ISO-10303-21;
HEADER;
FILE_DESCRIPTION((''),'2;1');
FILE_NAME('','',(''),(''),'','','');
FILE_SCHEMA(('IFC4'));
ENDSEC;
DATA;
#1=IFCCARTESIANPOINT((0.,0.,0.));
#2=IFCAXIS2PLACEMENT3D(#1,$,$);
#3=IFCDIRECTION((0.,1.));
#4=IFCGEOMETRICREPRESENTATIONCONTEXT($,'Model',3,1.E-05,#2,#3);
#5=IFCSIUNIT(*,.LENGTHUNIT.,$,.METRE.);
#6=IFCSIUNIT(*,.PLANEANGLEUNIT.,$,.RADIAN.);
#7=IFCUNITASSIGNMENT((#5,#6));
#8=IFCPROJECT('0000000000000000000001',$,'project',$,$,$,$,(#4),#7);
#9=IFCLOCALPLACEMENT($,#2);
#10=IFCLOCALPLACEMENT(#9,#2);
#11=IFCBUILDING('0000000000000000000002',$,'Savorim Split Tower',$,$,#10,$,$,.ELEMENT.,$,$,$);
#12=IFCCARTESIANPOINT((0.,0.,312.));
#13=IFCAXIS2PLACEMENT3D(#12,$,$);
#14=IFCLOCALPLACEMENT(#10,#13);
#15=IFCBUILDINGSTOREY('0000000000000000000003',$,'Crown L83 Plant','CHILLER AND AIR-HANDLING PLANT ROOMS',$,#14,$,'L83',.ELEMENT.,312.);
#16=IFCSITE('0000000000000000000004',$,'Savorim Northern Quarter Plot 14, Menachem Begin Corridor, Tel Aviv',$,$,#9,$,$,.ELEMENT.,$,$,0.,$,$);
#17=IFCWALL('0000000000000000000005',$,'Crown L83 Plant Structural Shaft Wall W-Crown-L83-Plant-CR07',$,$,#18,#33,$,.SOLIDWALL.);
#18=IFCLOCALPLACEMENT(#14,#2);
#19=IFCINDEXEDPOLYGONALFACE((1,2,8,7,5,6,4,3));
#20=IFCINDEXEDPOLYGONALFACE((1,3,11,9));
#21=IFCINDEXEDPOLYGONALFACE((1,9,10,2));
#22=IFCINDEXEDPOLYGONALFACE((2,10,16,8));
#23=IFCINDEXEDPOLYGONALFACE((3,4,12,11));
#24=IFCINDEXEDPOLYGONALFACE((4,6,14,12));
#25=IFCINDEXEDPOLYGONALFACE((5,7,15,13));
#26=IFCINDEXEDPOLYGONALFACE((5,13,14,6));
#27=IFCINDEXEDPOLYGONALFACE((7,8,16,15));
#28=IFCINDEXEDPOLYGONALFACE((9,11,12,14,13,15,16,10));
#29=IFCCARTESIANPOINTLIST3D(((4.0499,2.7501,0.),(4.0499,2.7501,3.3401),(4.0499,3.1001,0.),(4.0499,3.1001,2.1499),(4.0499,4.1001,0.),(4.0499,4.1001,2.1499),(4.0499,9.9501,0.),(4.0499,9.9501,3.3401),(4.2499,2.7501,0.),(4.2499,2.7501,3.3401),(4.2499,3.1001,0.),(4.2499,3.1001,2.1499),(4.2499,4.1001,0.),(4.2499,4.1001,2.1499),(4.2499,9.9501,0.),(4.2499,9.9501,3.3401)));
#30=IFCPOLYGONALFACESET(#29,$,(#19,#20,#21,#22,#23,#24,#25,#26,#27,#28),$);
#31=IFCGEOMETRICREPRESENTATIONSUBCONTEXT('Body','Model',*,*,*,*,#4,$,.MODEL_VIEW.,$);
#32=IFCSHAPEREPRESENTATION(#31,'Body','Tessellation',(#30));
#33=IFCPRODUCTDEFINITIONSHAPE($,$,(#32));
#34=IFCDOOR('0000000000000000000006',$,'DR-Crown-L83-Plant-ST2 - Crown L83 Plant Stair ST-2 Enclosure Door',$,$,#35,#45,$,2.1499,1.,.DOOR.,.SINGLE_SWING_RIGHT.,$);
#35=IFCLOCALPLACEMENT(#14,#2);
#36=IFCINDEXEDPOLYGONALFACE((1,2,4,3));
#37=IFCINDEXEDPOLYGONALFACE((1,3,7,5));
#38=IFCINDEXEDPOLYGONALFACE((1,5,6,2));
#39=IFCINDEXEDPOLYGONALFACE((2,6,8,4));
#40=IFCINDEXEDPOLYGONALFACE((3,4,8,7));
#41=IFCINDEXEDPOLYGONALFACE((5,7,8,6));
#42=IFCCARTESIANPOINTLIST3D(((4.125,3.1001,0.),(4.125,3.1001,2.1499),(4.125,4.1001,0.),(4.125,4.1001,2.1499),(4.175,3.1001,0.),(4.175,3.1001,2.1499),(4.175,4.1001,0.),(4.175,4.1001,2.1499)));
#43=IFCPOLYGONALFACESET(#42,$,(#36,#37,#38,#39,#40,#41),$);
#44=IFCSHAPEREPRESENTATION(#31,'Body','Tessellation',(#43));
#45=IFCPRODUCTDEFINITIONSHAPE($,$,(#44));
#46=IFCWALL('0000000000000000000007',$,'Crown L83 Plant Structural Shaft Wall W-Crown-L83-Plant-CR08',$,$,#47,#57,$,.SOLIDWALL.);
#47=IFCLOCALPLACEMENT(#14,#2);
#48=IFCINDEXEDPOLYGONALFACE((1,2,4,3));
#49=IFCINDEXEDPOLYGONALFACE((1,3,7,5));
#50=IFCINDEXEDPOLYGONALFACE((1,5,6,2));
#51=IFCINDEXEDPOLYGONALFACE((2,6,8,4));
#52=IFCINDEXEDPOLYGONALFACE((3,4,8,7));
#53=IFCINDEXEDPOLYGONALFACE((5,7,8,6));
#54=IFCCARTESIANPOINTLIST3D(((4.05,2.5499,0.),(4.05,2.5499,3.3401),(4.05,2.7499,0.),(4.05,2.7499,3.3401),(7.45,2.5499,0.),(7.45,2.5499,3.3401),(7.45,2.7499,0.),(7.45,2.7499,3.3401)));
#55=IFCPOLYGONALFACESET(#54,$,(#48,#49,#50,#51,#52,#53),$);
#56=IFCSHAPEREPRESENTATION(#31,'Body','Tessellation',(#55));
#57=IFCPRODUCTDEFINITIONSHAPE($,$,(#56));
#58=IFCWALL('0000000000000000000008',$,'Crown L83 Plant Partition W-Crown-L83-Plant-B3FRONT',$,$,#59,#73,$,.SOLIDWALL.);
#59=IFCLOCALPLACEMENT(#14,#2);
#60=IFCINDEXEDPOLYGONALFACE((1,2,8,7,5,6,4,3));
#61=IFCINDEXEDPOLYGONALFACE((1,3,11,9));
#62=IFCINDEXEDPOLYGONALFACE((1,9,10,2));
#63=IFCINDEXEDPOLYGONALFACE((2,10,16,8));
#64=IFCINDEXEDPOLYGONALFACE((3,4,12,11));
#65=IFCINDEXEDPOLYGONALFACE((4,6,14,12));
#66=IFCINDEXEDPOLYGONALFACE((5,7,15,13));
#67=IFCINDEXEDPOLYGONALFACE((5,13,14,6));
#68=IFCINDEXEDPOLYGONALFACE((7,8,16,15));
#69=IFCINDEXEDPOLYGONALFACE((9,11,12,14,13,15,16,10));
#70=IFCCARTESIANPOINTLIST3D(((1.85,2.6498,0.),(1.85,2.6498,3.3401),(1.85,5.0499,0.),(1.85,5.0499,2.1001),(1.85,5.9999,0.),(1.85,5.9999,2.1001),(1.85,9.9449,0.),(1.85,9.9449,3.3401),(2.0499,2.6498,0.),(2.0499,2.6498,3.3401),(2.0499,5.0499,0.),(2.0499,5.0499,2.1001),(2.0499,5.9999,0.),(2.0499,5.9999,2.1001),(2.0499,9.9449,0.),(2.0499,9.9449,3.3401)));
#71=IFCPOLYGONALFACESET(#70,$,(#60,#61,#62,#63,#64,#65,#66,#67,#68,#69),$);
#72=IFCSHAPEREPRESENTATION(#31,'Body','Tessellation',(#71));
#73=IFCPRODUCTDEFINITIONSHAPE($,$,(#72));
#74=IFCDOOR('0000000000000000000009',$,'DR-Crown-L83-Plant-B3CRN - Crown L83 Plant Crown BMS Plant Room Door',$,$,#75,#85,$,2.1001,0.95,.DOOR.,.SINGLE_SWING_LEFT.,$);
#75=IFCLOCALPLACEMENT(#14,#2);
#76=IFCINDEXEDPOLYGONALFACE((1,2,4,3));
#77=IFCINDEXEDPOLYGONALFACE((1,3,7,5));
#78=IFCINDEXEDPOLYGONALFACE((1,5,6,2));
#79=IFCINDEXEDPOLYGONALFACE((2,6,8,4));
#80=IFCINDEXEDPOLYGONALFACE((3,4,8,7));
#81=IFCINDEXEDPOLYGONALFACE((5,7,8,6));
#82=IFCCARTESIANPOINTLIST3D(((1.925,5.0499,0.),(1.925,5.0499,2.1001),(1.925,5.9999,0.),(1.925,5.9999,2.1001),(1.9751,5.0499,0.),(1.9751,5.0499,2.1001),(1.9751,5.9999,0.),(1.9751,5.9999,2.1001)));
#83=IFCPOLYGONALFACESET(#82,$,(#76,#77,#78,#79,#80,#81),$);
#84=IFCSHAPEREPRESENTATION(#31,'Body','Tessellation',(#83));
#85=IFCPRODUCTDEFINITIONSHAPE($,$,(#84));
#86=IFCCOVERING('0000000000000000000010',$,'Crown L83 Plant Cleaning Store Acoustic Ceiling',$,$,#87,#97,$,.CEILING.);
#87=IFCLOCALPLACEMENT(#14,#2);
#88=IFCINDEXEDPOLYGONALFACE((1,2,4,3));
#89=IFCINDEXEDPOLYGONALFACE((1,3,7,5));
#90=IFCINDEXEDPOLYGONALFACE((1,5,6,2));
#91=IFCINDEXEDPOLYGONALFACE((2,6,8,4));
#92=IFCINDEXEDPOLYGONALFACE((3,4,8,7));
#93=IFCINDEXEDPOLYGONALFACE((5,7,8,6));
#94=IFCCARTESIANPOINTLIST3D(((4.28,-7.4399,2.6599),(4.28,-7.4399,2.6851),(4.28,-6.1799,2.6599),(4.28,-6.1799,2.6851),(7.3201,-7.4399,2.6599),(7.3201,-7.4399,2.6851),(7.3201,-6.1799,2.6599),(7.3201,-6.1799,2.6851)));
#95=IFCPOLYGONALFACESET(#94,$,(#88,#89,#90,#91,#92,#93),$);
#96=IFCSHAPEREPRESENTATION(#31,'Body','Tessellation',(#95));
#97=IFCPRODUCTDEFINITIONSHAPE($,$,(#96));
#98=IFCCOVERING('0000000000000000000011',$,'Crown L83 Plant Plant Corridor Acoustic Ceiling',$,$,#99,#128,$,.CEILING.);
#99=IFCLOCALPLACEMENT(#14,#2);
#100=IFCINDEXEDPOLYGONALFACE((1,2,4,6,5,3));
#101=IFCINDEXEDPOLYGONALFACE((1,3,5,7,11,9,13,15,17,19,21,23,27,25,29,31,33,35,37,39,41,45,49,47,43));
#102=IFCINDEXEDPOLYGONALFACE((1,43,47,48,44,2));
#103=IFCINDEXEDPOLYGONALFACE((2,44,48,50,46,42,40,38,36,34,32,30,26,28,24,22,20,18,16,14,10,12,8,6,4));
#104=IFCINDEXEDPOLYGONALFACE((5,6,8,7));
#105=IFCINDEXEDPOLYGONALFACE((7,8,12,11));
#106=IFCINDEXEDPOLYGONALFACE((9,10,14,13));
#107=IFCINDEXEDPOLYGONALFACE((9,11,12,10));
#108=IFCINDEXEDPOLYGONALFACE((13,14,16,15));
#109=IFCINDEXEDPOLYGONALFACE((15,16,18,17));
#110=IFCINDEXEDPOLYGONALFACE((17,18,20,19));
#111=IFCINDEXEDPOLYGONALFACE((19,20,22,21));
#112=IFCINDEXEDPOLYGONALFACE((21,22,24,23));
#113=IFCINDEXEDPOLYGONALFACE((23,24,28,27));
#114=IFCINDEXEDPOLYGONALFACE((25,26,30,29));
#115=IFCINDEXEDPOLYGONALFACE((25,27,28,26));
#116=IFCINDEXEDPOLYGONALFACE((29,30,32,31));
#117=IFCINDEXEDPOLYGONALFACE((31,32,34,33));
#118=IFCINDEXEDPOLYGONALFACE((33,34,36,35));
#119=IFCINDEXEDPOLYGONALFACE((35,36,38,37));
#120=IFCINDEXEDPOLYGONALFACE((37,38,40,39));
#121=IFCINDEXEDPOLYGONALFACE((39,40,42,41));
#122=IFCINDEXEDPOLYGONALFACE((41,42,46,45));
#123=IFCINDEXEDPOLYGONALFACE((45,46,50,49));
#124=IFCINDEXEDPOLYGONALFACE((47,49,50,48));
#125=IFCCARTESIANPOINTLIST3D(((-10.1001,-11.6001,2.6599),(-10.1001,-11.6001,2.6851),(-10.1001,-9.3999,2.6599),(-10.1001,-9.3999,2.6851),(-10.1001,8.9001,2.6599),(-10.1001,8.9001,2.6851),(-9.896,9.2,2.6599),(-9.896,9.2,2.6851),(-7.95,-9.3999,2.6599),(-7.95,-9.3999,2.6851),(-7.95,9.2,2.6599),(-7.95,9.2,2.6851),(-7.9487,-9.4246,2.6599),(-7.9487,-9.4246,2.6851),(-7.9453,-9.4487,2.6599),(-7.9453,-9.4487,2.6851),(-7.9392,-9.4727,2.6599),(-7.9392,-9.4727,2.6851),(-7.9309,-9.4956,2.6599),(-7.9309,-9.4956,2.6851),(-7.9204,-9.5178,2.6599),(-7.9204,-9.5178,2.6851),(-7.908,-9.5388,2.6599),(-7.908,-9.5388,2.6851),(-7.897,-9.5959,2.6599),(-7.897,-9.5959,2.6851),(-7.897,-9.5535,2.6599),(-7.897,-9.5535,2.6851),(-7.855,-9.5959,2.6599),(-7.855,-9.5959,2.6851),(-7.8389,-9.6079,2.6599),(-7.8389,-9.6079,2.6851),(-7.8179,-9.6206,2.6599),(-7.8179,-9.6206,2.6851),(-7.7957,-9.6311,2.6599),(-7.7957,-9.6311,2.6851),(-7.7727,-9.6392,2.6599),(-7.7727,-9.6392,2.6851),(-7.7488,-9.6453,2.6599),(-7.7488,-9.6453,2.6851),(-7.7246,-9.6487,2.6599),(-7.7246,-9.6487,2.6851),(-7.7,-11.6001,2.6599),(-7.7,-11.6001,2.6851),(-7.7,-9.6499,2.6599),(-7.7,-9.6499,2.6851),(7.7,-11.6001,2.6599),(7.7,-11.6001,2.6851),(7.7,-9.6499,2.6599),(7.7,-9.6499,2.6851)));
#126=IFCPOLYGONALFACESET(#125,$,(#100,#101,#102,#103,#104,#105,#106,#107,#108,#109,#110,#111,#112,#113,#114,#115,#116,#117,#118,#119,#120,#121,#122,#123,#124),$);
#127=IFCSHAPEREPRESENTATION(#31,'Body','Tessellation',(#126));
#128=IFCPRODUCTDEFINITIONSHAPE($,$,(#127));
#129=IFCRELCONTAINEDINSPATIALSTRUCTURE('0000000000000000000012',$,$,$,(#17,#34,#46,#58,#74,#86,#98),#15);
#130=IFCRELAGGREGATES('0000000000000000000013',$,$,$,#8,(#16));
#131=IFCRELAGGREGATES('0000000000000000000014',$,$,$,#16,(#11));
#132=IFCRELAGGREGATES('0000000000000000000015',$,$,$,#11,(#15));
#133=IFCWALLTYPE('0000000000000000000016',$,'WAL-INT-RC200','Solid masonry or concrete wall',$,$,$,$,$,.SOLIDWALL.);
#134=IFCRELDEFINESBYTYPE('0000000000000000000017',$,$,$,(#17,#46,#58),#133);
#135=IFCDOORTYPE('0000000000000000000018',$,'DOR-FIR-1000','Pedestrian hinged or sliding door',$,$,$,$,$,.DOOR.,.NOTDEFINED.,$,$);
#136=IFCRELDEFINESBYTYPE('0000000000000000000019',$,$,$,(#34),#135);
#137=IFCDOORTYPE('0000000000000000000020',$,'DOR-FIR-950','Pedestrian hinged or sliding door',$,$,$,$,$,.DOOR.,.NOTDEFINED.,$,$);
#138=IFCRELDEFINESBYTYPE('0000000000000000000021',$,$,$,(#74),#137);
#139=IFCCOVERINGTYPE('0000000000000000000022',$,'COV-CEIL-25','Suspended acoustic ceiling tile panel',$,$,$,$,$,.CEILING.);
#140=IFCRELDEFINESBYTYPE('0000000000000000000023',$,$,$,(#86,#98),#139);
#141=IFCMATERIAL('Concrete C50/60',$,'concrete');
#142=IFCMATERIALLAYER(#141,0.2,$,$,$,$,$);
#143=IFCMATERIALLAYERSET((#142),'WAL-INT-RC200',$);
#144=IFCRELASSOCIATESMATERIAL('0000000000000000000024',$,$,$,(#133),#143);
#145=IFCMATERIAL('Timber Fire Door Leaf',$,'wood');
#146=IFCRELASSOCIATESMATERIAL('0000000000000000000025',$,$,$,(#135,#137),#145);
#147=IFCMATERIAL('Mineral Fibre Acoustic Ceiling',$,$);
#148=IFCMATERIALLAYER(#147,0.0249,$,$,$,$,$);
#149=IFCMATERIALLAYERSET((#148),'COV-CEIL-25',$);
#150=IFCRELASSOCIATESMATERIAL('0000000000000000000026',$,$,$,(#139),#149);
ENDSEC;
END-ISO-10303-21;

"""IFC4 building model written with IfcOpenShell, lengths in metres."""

from ifc_helpers import new_model, si_unit, direction, frame, frame_2d, origin, place, context, subcontext, project, spatial, polyline, rectangle, outline, extrude, material, layer, layer_set, type_object, element, fill, save


model = new_model("IFC4")

# Units and contexts
model_context = context("Model", 3, precision=1e-05, world=origin(), true_north=direction((0.0, 1.0)))
body_context = subcontext(model_context, "Body", "Model", "MODEL_VIEW")
ifc_project = project(units=[si_unit("LENGTHUNIT", "METRE"), si_unit("PLANEANGLEUNIT", "RADIAN")], contexts=[model_context])

# Site, building, storey
site_placement = place(None, origin())
site = spatial("IfcSite", under=ifc_project, at=site_placement, Name="Savorim Northern Quarter Plot 14, Menachem Begin Corridor, Tel Aviv", CompositionType="ELEMENT", RefElevation=0.0)
building_placement = place(site_placement, origin())
building = spatial("IfcBuilding", under=site, at=building_placement, Name="Savorim Split Tower", CompositionType="ELEMENT")
storey_placement = place(building_placement, frame((0.0, 0.0, 312.0)))
storey = spatial("IfcBuildingStorey", under=building, at=storey_placement, Name="Crown L83 Plant", Description="CHILLER AND AIR-HANDLING PLANT ROOMS", LongName="L83", CompositionType="ELEMENT", Elevation=312.0)

# Wall, opening, door
ifc_material_1 = material(Name="Concrete C50/60", Category="concrete")
ifc_layer_1 = layer(ifc_material_1, 0.2)
ifc_layer_set_1 = layer_set([ifc_layer_1], Name="WAL-INT-RC200")
wall_type = type_object("IfcWallType", Name="WAL-INT-RC200", Description="Solid masonry or concrete wall", PredefinedType="SOLIDWALL", material=ifc_layer_set_1)
wall_1_placement = place(storey_placement, frame((4.1499, 2.75, 0.0), z_axis=(0.0, 0.0, 1.0), x_axis=(0.0, 1.0, 0.0)))
wall_1 = element("IfcWall", 1, at=wall_1_placement, inside=storey, type_object=wall_type, Name="Crown L83 Plant Structural Shaft Wall W-Crown-L83-Plant-CR07", PredefinedType="SOLIDWALL", context=body_context, shape_type="SweptSolid", body=[
    extrude(rectangle(XDim=7.2, YDim=0.2, at=frame_2d((3.6001, 0.0))), origin(), (0.0, 0.0, 1.0), 3.3401),
])
opening_1_placement = place(wall_1_placement, frame((0.3501, 0.0, 0.0)))
opening_1 = element("IfcOpeningElement", 2, at=opening_1_placement, cuts=wall_1, PredefinedType="OPENING", context=body_context, shape_type="SweptSolid", body=[
    extrude(rectangle(XDim=1.0, YDim=2.1499, at=frame_2d((0.5, 1.075))), frame((0.0, 0.1099, 0.0), z_axis=(0.0, -1.0, 0.0), x_axis=(1.0, 0.0, 0.0)), (0.0, 0.0, 1.0), 0.22),
])
ifc_material_2 = material(Name="Timber Fire Door Leaf", Category="wood")
door_type_1 = type_object("IfcDoorType", Name="DOR-FIR-1000", Description="Pedestrian hinged or sliding door", OperationType="NOTDEFINED", PredefinedType="DOOR", material=ifc_material_2)
door_1_placement = place(opening_1_placement, origin())
door_1 = element("IfcDoor", 3, at=door_1_placement, inside=storey, type_object=door_type_1, Name="DR-Crown-L83-Plant-ST2 - Crown L83 Plant Stair ST-2 Enclosure Door", OperationType="SINGLE_SWING_RIGHT", OverallHeight=2.1499, OverallWidth=1.0, PredefinedType="DOOR", context=body_context, shape_type="SweptSolid", body=[
    extrude(rectangle(XDim=1.0, YDim=2.1499, at=frame_2d((0.5, 1.075))), frame((0.0, 0.0249, 0.0), z_axis=(0.0, -1.0, 0.0), x_axis=(1.0, 0.0, 0.0)), (0.0, 0.0, 1.0), 0.05),
])
fill(opening_1, door_1)

# Wall
wall_2_placement = place(storey_placement, frame((4.05, 2.6499, 0.0), z_axis=(0.0, 0.0, 1.0), x_axis=(1.0, 0.0, 0.0)))
element("IfcWall", 4, at=wall_2_placement, inside=storey, type_object=wall_type, Name="Crown L83 Plant Structural Shaft Wall W-Crown-L83-Plant-CR08", PredefinedType="SOLIDWALL", context=body_context, shape_type="SweptSolid", body=[
    extrude(rectangle(XDim=3.3999, YDim=0.2, at=frame_2d((1.7, 0.0))), origin(), (0.0, 0.0, 1.0), 3.3401),
])

# Wall, opening, door
wall_3_placement = place(storey_placement, frame((1.95, 2.6499, 0.0), z_axis=(0.0, 0.0, 1.0), x_axis=(0.0, 1.0, 0.0)))
wall_3 = element("IfcWall", 5, at=wall_3_placement, inside=storey, type_object=wall_type, Name="Crown L83 Plant Partition W-Crown-L83-Plant-B3FRONT", PredefinedType="SOLIDWALL", context=body_context, shape_type="SweptSolid", body=[
    extrude(rectangle(XDim=7.2952, YDim=0.2, at=frame_2d((3.6475, 0.0))), origin(), (0.0, 0.0, 1.0), 3.3401),
])
opening_2_placement = place(wall_3_placement, frame((2.3999, 0.0, 0.0)))
opening_2 = element("IfcOpeningElement", 6, at=opening_2_placement, cuts=wall_3, PredefinedType="OPENING", context=body_context, shape_type="SweptSolid", body=[
    extrude(rectangle(XDim=0.95, YDim=2.1001, at=frame_2d((0.4751, 1.05))), frame((0.0, 0.1099, 0.0), z_axis=(0.0, -1.0, 0.0), x_axis=(1.0, 0.0, 0.0)), (0.0, 0.0, 1.0), 0.22),
])
door_type_2 = type_object("IfcDoorType", Name="DOR-FIR-950", Description="Pedestrian hinged or sliding door", OperationType="NOTDEFINED", PredefinedType="DOOR", material=ifc_material_2)
door_2_placement = place(opening_2_placement, origin())
door_2 = element("IfcDoor", 7, at=door_2_placement, inside=storey, type_object=door_type_2, Name="DR-Crown-L83-Plant-B3CRN - Crown L83 Plant Crown BMS Plant Room Door", OperationType="SINGLE_SWING_LEFT", OverallHeight=2.1001, OverallWidth=0.95, PredefinedType="DOOR", context=body_context, shape_type="SweptSolid", body=[
    extrude(rectangle(XDim=0.95, YDim=2.1001, at=frame_2d((0.4751, 1.05))), frame((0.0, 0.0249, 0.0), z_axis=(0.0, -1.0, 0.0), x_axis=(1.0, 0.0, 0.0)), (0.0, 0.0, 1.0), 0.05),
])
fill(opening_2, door_2)

# Coverings
ifc_material_3 = material(Name="Mineral Fibre Acoustic Ceiling")
ifc_layer_2 = layer(ifc_material_3, 0.0249)
ifc_layer_set_2 = layer_set([ifc_layer_2], Name="COV-CEIL-25")
covering_type_1 = type_object("IfcCoveringType", Name="COV-CEIL-25", Description="Suspended acoustic ceiling tile panel", PredefinedType="CEILING", material=ifc_layer_set_2)
covering_1_placement = place(storey_placement, frame((0.0, 0.0, 2.6599)))
element("IfcCovering", 8, at=covering_1_placement, inside=storey, type_object=covering_type_1, Name="Crown L83 Plant Cleaning Store Acoustic Ceiling", PredefinedType="CEILING", context=body_context, shape_type="SweptSolid", body=[
    extrude(outline(polyline([(4.28, -6.1799), (4.28, -7.4399), (7.3201, -7.4399), (7.3201, -6.1799), (4.28, -6.1799)])), origin(), (0.0, 0.0, 1.0), 0.0251),
])
covering_2_placement = place(storey_placement, frame((0.0, 0.0, 2.6599)))
element("IfcCovering", 9, at=covering_2_placement, inside=storey, type_object=covering_type_1, Name="Crown L83 Plant Plant Corridor Acoustic Ceiling", PredefinedType="CEILING", context=body_context, shape_type="SweptSolid", body=[
    extrude(outline(polyline([(-10.1001, -11.6001), (-7.7, -11.6001), (7.7, -11.6001), (7.7, -9.6499), (-7.7, -9.6499), (-7.7246, -9.6487), (-7.7488, -9.6453), (-7.7727, -9.6392), (-7.7957, -9.6311), (-7.8179, -9.6206), (-7.8389, -9.6079), (-7.855, -9.5959), (-7.897, -9.5959), (-7.897, -9.5535), (-7.908, -9.5388), (-7.9204, -9.5178), (-7.9309, -9.4956), (-7.9392, -9.4727), (-7.9453, -9.4487), (-7.9487, -9.4246), (-7.95, -9.3999), (-7.95, 9.2), (-9.896, 9.2), (-10.1001, 8.9001), (-10.1001, -9.3999), (-10.1001, -11.6001)])), origin(), (0.0, 0.0, 1.0), 0.0251),
])

save(model, "model.ifc")
